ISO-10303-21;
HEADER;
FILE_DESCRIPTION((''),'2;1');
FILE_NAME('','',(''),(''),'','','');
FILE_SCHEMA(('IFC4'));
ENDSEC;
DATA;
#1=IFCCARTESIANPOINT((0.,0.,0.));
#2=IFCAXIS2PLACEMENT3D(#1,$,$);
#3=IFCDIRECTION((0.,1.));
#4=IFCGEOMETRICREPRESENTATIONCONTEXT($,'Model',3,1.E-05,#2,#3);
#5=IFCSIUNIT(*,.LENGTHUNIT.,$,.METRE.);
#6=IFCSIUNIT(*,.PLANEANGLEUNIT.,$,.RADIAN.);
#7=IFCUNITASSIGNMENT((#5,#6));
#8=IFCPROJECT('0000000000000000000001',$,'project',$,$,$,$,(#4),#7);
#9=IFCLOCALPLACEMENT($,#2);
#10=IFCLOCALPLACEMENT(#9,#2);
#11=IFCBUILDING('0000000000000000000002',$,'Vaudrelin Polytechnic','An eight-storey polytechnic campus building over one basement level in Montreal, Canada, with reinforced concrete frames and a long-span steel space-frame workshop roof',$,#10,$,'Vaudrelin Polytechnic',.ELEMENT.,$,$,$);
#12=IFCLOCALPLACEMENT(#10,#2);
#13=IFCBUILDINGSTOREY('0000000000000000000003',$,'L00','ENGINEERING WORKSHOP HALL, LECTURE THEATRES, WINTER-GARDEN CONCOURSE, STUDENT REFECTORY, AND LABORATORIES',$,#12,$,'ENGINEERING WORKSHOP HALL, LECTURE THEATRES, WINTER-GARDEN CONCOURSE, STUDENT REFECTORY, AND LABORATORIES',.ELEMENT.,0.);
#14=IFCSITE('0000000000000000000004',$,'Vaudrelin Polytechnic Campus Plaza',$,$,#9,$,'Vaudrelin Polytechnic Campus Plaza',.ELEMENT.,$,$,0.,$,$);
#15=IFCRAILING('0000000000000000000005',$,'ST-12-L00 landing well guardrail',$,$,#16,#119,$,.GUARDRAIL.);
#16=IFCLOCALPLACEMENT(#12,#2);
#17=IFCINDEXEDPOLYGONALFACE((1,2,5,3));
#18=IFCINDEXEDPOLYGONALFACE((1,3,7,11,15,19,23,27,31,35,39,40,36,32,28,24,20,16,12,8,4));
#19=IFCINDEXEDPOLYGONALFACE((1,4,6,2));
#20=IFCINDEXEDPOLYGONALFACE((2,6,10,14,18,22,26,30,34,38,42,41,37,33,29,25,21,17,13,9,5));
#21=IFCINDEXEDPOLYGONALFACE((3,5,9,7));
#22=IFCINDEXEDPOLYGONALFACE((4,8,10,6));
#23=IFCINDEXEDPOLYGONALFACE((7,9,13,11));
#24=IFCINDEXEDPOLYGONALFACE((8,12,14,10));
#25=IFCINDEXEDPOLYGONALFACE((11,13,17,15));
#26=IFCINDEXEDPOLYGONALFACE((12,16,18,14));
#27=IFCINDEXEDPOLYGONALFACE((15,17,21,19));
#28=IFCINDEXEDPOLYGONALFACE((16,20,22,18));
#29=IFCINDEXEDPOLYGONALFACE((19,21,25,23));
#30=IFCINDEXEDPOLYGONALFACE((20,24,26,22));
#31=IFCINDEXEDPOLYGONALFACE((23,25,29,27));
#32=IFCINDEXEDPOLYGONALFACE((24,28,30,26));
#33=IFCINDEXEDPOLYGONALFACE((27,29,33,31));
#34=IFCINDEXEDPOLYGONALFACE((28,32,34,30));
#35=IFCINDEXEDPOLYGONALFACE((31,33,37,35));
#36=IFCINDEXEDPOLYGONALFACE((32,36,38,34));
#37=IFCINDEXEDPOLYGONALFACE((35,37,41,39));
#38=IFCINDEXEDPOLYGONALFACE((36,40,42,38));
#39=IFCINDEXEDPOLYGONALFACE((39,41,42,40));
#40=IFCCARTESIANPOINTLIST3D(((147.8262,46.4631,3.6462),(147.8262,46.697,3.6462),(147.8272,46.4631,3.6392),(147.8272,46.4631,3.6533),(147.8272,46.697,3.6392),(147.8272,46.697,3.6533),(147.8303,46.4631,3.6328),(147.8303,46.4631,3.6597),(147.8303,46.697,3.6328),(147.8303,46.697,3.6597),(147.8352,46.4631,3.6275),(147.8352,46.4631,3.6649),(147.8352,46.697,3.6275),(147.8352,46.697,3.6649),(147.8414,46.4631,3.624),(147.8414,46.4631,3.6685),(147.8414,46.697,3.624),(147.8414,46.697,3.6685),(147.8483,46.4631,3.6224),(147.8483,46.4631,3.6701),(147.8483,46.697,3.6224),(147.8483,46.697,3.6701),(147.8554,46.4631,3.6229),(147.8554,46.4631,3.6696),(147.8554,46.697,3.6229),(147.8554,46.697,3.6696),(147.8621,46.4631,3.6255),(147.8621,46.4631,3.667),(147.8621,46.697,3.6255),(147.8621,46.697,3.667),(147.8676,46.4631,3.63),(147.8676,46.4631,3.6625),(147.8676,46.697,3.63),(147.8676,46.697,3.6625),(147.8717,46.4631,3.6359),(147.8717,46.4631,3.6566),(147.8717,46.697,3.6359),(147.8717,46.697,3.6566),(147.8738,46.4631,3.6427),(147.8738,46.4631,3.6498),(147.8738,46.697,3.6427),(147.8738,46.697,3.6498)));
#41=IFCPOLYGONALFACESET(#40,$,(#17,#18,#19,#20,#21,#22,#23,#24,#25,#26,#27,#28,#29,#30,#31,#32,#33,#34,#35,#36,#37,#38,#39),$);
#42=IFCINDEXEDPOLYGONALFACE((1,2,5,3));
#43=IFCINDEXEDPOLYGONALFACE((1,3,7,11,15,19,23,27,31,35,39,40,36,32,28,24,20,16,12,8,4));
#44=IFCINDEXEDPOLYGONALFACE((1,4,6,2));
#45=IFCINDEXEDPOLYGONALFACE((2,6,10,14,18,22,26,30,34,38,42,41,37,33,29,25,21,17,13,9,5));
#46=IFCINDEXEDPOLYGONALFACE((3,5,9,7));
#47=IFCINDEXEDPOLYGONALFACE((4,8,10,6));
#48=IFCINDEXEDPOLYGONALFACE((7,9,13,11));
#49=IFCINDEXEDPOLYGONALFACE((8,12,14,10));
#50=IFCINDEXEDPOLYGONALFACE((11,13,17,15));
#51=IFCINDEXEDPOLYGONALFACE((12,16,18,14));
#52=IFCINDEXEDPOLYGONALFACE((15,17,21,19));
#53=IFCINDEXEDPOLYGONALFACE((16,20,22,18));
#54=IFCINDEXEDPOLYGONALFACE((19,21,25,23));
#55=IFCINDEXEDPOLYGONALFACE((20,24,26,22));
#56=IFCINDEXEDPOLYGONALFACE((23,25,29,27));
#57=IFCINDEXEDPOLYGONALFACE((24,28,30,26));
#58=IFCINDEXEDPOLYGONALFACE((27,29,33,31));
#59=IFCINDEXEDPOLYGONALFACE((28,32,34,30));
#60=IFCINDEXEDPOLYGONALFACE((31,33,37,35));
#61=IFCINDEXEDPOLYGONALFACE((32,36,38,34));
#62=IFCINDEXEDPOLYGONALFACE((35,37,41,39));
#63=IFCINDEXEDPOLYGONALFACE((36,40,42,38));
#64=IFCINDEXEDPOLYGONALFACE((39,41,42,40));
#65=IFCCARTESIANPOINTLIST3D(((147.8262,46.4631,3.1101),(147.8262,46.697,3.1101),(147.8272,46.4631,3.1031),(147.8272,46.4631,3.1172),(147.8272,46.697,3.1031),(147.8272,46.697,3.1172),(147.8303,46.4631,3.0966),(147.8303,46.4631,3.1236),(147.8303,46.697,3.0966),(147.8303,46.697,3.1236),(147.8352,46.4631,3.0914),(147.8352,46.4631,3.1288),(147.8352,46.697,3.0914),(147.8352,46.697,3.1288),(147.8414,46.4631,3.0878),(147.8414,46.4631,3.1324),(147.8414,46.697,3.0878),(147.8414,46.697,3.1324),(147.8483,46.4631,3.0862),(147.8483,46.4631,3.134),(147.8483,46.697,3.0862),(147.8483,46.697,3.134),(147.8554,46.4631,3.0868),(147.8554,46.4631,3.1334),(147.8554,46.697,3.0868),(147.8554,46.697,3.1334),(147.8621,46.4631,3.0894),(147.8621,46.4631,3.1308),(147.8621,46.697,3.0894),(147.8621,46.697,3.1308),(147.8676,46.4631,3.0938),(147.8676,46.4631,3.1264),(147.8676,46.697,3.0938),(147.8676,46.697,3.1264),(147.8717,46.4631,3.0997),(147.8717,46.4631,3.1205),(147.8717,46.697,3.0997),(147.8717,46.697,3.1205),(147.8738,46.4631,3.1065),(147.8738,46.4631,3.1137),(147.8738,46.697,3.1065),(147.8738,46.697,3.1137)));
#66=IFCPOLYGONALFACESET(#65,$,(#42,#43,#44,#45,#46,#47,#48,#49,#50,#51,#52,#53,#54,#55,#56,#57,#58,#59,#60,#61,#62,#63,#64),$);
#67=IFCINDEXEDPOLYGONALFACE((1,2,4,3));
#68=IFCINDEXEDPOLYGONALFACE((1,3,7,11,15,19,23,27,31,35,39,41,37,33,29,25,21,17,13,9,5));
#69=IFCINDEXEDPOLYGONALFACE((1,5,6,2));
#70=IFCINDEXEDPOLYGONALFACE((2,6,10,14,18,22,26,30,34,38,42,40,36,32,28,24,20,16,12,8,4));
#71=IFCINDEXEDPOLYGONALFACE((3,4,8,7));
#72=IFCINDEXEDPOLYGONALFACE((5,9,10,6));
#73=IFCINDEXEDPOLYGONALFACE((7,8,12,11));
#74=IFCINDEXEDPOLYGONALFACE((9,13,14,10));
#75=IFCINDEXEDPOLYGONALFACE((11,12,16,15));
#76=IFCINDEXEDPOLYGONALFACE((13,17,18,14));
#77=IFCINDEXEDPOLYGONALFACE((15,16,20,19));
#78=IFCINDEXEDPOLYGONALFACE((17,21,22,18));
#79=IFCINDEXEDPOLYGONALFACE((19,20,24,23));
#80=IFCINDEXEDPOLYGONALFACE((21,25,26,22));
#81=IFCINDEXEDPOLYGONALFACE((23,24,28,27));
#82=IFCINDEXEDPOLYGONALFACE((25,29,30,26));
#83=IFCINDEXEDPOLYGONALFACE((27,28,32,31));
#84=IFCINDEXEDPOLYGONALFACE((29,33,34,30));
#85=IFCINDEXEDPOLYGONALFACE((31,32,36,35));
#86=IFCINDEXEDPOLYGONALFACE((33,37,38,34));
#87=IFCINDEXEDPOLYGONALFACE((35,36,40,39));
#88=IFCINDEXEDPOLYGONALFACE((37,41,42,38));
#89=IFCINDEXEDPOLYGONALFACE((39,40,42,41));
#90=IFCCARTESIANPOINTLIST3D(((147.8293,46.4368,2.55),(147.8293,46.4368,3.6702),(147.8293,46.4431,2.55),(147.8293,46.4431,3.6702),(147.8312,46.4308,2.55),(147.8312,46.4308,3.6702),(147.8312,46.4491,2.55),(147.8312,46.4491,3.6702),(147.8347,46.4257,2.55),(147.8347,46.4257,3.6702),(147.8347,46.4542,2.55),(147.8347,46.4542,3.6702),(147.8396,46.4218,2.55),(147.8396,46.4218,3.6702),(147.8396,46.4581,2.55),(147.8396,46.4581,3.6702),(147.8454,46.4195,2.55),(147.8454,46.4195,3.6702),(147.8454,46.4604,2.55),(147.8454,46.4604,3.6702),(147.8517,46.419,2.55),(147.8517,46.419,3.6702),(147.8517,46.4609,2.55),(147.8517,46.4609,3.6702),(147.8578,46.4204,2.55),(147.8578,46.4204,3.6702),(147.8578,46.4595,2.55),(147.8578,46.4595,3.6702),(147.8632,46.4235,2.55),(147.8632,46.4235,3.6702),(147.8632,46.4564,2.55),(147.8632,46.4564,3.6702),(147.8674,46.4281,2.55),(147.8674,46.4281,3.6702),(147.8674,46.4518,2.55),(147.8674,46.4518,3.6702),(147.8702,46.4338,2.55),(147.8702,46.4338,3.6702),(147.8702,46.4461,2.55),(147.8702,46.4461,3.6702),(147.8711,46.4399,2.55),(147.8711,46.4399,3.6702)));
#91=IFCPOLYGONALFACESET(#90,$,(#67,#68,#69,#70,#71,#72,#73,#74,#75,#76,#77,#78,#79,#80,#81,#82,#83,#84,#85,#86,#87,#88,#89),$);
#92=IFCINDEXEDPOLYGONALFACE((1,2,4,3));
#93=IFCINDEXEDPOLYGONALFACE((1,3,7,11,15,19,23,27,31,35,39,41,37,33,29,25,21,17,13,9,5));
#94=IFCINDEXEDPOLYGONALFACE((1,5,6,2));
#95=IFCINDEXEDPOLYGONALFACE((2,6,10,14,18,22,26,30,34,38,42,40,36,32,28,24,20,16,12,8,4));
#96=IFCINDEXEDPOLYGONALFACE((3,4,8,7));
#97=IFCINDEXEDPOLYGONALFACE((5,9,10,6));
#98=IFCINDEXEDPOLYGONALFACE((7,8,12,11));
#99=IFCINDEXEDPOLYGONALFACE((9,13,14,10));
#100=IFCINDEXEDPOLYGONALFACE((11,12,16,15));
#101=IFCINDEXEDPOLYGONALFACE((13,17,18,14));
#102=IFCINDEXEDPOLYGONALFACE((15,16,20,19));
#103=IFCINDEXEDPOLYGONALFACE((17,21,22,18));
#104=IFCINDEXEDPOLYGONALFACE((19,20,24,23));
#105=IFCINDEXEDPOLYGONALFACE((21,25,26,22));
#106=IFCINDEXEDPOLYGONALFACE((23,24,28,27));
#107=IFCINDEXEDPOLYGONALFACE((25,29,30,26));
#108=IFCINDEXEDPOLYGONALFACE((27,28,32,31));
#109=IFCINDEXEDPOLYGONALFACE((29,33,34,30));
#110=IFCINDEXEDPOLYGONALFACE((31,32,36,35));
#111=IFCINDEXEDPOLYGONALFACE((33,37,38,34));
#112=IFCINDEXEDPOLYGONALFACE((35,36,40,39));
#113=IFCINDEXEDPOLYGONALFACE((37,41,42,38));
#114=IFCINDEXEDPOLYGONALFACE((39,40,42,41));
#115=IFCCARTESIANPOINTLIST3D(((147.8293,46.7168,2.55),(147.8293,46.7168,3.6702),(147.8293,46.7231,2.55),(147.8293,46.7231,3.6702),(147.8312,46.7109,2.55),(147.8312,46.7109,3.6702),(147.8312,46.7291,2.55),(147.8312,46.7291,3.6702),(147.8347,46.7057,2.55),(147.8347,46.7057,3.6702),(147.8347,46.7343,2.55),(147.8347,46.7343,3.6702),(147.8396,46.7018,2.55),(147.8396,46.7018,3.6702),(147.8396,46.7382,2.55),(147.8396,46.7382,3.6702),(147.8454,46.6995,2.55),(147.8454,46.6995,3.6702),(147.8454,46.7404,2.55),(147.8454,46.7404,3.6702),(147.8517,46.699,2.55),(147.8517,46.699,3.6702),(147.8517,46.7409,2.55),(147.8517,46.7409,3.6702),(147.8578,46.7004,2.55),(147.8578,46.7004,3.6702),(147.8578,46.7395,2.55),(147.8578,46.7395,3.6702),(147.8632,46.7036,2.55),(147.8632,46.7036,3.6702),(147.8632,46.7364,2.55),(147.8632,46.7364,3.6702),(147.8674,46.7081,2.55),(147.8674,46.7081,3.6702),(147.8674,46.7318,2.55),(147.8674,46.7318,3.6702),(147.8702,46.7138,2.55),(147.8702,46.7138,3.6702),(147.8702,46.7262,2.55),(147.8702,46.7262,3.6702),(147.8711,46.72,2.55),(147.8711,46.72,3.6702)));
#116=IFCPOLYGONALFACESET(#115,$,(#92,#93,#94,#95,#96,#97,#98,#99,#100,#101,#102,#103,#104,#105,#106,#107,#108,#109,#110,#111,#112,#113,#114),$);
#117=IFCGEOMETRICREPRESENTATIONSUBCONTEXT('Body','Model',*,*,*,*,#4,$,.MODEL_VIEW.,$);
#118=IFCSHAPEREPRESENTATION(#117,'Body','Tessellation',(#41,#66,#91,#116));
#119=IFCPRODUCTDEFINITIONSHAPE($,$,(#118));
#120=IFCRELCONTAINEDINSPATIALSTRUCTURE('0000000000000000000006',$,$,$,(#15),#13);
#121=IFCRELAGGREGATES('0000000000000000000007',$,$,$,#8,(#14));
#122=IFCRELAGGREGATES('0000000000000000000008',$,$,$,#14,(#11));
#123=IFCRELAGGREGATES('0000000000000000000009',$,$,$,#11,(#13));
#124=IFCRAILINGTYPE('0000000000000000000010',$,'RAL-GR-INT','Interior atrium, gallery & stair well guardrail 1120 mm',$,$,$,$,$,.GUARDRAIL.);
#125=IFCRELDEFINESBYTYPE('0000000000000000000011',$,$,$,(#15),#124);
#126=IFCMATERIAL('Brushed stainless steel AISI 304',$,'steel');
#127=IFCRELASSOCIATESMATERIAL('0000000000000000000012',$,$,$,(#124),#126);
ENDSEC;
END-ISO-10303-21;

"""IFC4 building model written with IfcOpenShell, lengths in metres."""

from ifc_helpers import new_model, si_unit, direction, frame, origin, origin_2d, place, context, subcontext, project, spatial, circle, extrude, material, type_object, element, save


model = new_model("IFC4")

# Units and contexts
model_context = context("Model", 3, precision=1e-05, world=origin(), true_north=direction((0.0, 1.0)))
body_context = subcontext(model_context, "Body", "Model", "MODEL_VIEW")
ifc_project = project(units=[si_unit("LENGTHUNIT", "METRE"), si_unit("PLANEANGLEUNIT", "RADIAN")], contexts=[model_context])

# Site, building, storey
site_placement = place(None, origin())
site = spatial("IfcSite", under=ifc_project, at=site_placement, Name="Vaudrelin Polytechnic Campus Plaza", LongName="Vaudrelin Polytechnic Campus Plaza", CompositionType="ELEMENT", RefElevation=0.0)
building_placement = place(site_placement, origin())
building = spatial("IfcBuilding", under=site, at=building_placement, Name="Vaudrelin Polytechnic", Description="An eight-storey polytechnic campus building over one basement level in Montreal, Canada, with reinforced concrete frames and a long-span steel space-frame workshop roof", LongName="Vaudrelin Polytechnic", CompositionType="ELEMENT")
storey_placement = place(building_placement, origin())
storey = spatial("IfcBuildingStorey", under=building, at=storey_placement, Name="L00", Description="ENGINEERING WORKSHOP HALL, LECTURE THEATRES, WINTER-GARDEN CONCOURSE, STUDENT REFECTORY, AND LABORATORIES", LongName="ENGINEERING WORKSHOP HALL, LECTURE THEATRES, WINTER-GARDEN CONCOURSE, STUDENT REFECTORY, AND LABORATORIES", CompositionType="ELEMENT", Elevation=0.0)

# Railing
ifc_material_1 = material(Name="Brushed stainless steel AISI 304", Category="steel")
railing_type_1 = type_object("IfcRailingType", Name="RAL-GR-INT", Description="Interior atrium, gallery & stair well guardrail 1120 mm", PredefinedType="GUARDRAIL", material=ifc_material_1)
railing_1_placement = place(storey_placement, frame((147.8501, 46.4399, 2.55)))
element("IfcRailing", 1, at=railing_1_placement, inside=storey, type_object=railing_type_1, Name="ST-12-L00 landing well guardrail", PredefinedType="GUARDRAIL", context=body_context, shape_type="SweptSolid", body=[
    extrude(circle(Radius=0.0239, at=origin_2d()), frame((0.0, 0.0232, 1.0962), z_axis=(0.0, 1.0, 0.0), x_axis=(-1.0, 0.0, 0.0)), (0.0, 0.0, 1.0), 0.2339),
    extrude(circle(Radius=0.0239, at=origin_2d()), frame((0.0, 0.0232, 0.5601), z_axis=(0.0, 1.0, 0.0), x_axis=(-1.0, 0.0, 0.0)), (0.0, 0.0, 1.0), 0.2339),
    extrude(circle(Radius=0.021, at=origin_2d()), origin(), (0.0, 0.0, 1.0), 1.1201),
    extrude(circle(Radius=0.021, at=origin_2d()), frame((0.0, 0.28, 0.0)), (0.0, 0.0, 1.0), 1.1201),
])

save(model, "model.ifc")
